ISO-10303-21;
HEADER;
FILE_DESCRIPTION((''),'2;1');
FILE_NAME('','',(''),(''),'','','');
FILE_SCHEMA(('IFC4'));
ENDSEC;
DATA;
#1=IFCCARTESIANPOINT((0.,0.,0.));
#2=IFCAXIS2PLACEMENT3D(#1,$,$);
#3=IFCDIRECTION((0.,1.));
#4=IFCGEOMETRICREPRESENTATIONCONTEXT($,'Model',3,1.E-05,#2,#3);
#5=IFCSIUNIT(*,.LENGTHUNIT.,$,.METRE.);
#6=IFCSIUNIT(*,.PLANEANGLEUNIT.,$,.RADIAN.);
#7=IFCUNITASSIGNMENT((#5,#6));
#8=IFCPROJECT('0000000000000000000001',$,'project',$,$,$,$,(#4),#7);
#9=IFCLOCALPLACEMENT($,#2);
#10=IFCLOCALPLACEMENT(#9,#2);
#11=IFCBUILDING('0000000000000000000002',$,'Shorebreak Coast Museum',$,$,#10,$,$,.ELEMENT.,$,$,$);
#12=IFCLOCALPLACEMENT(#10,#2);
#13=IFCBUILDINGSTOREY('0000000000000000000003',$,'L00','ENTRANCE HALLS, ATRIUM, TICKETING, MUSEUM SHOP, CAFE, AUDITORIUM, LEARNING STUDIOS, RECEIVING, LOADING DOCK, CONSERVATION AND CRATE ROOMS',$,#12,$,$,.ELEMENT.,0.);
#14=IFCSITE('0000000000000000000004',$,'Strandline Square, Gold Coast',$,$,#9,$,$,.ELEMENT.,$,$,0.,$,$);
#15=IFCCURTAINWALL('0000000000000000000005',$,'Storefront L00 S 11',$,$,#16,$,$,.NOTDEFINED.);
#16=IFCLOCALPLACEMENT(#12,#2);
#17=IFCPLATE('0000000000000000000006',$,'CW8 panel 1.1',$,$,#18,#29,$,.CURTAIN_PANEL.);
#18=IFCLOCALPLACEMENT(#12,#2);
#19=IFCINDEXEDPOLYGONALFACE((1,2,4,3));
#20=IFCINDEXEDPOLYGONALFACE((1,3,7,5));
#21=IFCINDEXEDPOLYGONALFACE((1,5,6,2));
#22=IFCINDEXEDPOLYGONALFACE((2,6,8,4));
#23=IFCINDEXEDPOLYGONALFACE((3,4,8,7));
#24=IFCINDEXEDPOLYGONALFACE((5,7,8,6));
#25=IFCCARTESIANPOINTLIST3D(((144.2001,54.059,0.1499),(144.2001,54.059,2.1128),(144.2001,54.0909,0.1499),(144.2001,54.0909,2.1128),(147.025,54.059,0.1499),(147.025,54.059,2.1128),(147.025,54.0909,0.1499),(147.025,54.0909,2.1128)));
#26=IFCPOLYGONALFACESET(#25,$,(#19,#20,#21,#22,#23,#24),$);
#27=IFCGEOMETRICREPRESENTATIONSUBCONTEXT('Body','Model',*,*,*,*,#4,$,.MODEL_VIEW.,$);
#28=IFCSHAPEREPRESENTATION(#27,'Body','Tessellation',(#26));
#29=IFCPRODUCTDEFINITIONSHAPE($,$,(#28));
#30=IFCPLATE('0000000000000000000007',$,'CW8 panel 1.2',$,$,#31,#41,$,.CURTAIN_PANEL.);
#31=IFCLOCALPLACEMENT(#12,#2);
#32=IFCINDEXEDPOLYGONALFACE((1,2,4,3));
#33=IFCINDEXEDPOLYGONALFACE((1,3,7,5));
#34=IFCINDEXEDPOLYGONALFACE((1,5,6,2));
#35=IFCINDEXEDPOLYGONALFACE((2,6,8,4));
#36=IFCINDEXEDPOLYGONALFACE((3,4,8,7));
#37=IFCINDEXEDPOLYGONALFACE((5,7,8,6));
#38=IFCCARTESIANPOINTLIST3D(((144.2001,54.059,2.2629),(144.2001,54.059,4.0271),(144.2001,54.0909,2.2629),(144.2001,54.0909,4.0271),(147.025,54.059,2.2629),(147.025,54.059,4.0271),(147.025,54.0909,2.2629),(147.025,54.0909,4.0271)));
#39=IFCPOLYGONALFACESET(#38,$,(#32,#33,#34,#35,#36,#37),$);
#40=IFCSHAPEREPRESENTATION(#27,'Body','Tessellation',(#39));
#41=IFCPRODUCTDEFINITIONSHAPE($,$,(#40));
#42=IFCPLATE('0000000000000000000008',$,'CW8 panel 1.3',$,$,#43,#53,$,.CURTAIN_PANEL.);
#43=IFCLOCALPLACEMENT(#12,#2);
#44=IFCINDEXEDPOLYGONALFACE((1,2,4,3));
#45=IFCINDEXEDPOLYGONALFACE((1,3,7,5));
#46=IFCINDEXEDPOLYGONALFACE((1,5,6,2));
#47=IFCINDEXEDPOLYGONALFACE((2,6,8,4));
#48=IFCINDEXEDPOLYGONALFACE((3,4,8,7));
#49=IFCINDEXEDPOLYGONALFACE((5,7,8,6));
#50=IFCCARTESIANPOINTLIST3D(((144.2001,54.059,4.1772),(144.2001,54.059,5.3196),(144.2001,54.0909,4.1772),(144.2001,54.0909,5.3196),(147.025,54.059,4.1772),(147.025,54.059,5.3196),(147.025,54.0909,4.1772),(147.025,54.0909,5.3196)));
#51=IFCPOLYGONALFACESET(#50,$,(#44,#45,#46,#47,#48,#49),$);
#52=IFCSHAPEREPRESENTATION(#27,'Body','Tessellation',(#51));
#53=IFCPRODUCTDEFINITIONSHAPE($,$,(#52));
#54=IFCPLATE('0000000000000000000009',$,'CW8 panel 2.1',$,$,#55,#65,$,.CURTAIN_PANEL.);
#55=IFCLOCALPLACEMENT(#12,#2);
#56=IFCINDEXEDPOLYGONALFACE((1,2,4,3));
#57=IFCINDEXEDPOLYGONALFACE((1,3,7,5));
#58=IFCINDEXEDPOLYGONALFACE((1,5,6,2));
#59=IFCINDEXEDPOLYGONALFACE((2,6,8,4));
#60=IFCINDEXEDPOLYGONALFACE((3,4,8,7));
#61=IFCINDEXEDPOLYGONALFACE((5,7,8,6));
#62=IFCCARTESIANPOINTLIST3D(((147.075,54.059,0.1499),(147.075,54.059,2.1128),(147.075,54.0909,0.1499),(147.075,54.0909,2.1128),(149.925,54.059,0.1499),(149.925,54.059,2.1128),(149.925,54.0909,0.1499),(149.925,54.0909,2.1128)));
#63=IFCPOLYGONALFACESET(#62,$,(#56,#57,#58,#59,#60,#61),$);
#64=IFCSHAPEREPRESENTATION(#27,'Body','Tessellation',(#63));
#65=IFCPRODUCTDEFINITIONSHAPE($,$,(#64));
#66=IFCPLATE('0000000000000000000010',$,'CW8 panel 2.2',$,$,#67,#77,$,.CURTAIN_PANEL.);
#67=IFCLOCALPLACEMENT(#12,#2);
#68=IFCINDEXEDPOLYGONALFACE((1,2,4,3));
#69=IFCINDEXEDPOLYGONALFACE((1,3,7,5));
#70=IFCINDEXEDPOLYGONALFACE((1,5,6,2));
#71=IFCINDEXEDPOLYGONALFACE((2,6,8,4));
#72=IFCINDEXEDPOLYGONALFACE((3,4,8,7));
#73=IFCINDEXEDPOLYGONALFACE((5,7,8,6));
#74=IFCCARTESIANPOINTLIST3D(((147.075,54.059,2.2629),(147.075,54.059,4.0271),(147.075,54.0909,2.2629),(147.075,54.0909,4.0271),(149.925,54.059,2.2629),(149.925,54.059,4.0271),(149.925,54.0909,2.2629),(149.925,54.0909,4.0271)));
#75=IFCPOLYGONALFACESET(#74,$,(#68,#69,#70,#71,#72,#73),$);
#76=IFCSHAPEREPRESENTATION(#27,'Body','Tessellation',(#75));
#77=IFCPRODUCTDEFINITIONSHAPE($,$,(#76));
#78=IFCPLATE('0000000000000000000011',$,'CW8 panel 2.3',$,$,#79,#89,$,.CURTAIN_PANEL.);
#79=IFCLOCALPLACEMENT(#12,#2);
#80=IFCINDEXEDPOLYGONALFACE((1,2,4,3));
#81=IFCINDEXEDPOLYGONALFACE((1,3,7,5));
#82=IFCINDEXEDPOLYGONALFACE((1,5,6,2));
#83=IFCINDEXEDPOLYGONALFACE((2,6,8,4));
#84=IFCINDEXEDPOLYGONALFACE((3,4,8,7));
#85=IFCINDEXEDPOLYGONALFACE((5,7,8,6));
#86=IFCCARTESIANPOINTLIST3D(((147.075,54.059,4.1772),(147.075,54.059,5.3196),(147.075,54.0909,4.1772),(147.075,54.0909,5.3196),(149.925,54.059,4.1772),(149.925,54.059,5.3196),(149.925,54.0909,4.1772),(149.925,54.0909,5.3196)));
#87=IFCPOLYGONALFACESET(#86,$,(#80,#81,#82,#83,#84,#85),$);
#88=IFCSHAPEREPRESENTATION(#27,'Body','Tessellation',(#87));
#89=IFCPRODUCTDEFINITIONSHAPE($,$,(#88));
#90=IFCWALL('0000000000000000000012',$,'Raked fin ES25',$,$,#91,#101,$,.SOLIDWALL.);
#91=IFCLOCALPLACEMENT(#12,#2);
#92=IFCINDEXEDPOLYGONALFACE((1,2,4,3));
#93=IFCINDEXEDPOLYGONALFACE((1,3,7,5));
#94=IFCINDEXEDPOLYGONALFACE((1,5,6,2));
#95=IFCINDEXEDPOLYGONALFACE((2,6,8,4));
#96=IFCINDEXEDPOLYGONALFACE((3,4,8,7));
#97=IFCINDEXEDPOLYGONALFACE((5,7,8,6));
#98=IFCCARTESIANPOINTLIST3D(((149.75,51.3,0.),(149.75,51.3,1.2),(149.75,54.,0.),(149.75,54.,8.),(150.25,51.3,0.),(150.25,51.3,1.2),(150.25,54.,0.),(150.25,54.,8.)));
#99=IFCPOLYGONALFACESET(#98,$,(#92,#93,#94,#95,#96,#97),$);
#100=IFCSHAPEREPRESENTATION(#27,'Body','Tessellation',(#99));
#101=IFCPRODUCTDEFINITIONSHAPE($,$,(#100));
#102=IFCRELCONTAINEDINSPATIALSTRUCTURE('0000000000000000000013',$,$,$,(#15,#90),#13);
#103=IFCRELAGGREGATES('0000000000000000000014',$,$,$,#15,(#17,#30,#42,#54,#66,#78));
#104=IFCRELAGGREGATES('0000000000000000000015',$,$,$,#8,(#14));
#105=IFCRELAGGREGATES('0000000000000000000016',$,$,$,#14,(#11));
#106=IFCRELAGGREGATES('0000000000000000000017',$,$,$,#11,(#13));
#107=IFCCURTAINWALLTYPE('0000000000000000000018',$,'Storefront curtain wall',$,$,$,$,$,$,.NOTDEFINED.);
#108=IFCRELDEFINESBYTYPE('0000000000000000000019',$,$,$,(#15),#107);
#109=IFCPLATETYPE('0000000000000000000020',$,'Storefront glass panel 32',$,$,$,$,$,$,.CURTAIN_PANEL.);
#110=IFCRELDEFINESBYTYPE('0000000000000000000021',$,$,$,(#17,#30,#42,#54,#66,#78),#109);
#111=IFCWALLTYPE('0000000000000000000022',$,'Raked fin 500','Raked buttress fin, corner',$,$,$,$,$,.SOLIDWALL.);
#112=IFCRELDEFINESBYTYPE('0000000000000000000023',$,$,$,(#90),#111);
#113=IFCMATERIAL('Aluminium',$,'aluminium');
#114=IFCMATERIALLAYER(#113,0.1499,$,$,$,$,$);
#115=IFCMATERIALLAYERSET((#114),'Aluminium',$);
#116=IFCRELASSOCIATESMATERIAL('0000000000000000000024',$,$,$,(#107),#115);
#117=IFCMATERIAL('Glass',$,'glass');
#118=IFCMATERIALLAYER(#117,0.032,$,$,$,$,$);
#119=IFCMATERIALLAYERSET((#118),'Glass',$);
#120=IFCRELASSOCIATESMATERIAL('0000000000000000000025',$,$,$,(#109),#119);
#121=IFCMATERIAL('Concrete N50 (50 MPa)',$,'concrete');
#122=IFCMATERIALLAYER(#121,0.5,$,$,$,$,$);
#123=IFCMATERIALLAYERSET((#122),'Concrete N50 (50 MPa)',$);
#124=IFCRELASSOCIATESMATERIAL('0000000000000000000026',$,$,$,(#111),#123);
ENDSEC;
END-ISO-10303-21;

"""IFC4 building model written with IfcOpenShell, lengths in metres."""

from ifc_helpers import new_model, si_unit, direction, frame, origin, origin_2d, place, context, subcontext, project, spatial, polyline, rectangle, outline, extrude, material, layer, layer_set, type_object, element, aggregate, save


model = new_model("IFC4")

# Units and contexts
model_context = context("Model", 3, precision=1e-05, world=origin(), true_north=direction((0.0, 1.0)))
body_context = subcontext(model_context, "Body", "Model", "MODEL_VIEW")
ifc_project = project(units=[si_unit("LENGTHUNIT", "METRE"), si_unit("PLANEANGLEUNIT", "RADIAN")], contexts=[model_context])

# Site, building, storey
site_placement = place(None, origin())
site = spatial("IfcSite", under=ifc_project, at=site_placement, Name="Strandline Square, Gold Coast", CompositionType="ELEMENT", RefElevation=0.0)
building_placement = place(site_placement, origin())
building = spatial("IfcBuilding", under=site, at=building_placement, Name="Shorebreak Coast Museum", CompositionType="ELEMENT")
storey_placement = place(building_placement, origin())
storey = spatial("IfcBuildingStorey", under=building, at=storey_placement, Name="L00", Description="ENTRANCE HALLS, ATRIUM, TICKETING, MUSEUM SHOP, CAFE, AUDITORIUM, LEARNING STUDIOS, RECEIVING, LOADING DOCK, CONSERVATION AND CRATE ROOMS", CompositionType="ELEMENT", Elevation=0.0)

# Curtain wall, plates
ifc_material_1 = material(Name="Aluminium", Category="aluminium")
ifc_layer_1 = layer(ifc_material_1, 0.1499)
ifc_layer_set_1 = layer_set([ifc_layer_1], Name="Aluminium")
curtain_wall_type = type_object("IfcCurtainWallType", Name="Storefront curtain wall", PredefinedType="NOTDEFINED", material=ifc_layer_set_1)
curtain_wall_placement = place(storey_placement, origin())
curtain_wall = element("IfcCurtainWall", 1, at=curtain_wall_placement, inside=storey, type_object=curtain_wall_type, Name="Storefront L00 S 11", PredefinedType="NOTDEFINED")
ifc_material_2 = material(Name="Glass", Category="glass")
ifc_layer_2 = layer(ifc_material_2, 0.032)
ifc_layer_set_2 = layer_set([ifc_layer_2], Name="Glass")
plate_type = type_object("IfcPlateType", Name="Storefront glass panel 32", PredefinedType="CURTAIN_PANEL", material=ifc_layer_set_2)
plate_1_placement = place(storey_placement, frame((145.6125, 54.075, 0.1499), z_axis=(0.0, 0.0, 1.0), x_axis=(1.0, 0.0, 0.0)))
plate_1 = element("IfcPlate", 2, at=plate_1_placement, type_object=plate_type, Name="CW8 panel 1.1", PredefinedType="CURTAIN_PANEL", context=body_context, shape_type="SweptSolid", body=[
    extrude(rectangle(XDim=2.825, YDim=0.032, at=origin_2d()), origin(), (0.0, 0.0, 1.0), 1.9629),
])
plate_2_placement = place(storey_placement, frame((145.6125, 54.075, 2.2629), z_axis=(0.0, 0.0, 1.0), x_axis=(1.0, 0.0, 0.0)))
plate_2 = element("IfcPlate", 3, at=plate_2_placement, type_object=plate_type, Name="CW8 panel 1.2", PredefinedType="CURTAIN_PANEL", context=body_context, shape_type="SweptSolid", body=[
    extrude(rectangle(XDim=2.825, YDim=0.032, at=origin_2d()), origin(), (0.0, 0.0, 1.0), 1.7642),
])
plate_3_placement = place(storey_placement, frame((145.6125, 54.075, 4.1772), z_axis=(0.0, 0.0, 1.0), x_axis=(1.0, 0.0, 0.0)))
plate_3 = element("IfcPlate", 4, at=plate_3_placement, type_object=plate_type, Name="CW8 panel 1.3", PredefinedType="CURTAIN_PANEL", context=body_context, shape_type="SweptSolid", body=[
    extrude(rectangle(XDim=2.825, YDim=0.032, at=origin_2d()), origin(), (0.0, 0.0, 1.0), 1.1423),
])
plate_4_placement = place(storey_placement, frame((148.5, 54.075, 0.1499), z_axis=(0.0, 0.0, 1.0), x_axis=(1.0, 0.0, 0.0)))
plate_4 = element("IfcPlate", 5, at=plate_4_placement, type_object=plate_type, Name="CW8 panel 2.1", PredefinedType="CURTAIN_PANEL", context=body_context, shape_type="SweptSolid", body=[
    extrude(rectangle(XDim=2.8501, YDim=0.032, at=origin_2d()), origin(), (0.0, 0.0, 1.0), 1.9629),
])
plate_5_placement = place(storey_placement, frame((148.5, 54.075, 2.2629), z_axis=(0.0, 0.0, 1.0), x_axis=(1.0, 0.0, 0.0)))
plate_5 = element("IfcPlate", 6, at=plate_5_placement, type_object=plate_type, Name="CW8 panel 2.2", PredefinedType="CURTAIN_PANEL", context=body_context, shape_type="SweptSolid", body=[
    extrude(rectangle(XDim=2.8501, YDim=0.032, at=origin_2d()), origin(), (0.0, 0.0, 1.0), 1.7642),
])
plate_6_placement = place(storey_placement, frame((148.5, 54.075, 4.1772), z_axis=(0.0, 0.0, 1.0), x_axis=(1.0, 0.0, 0.0)))
plate_6 = element("IfcPlate", 7, at=plate_6_placement, type_object=plate_type, Name="CW8 panel 2.3", PredefinedType="CURTAIN_PANEL", context=body_context, shape_type="SweptSolid", body=[
    extrude(rectangle(XDim=2.8501, YDim=0.032, at=origin_2d()), origin(), (0.0, 0.0, 1.0), 1.1423),
])
aggregate(curtain_wall, [plate_1, plate_2, plate_3, plate_4, plate_5, plate_6])

# Wall
ifc_material_3 = material(Name="Concrete N50 (50 MPa)", Category="concrete")
ifc_layer_3 = layer(ifc_material_3, 0.5)
ifc_layer_set_3 = layer_set([ifc_layer_3], Name="Concrete N50 (50 MPa)")
wall_type = type_object("IfcWallType", Name="Raked fin 500", Description="Raked buttress fin, corner", PredefinedType="SOLIDWALL", material=ifc_layer_set_3)
wall_placement = place(storey_placement, frame((150.0, 54.0, 0.0), z_axis=(0.0, 0.0, 1.0), x_axis=(0.0, -1.0, 0.0)))
element("IfcWall", 8, at=wall_placement, inside=storey, type_object=wall_type, Name="Raked fin ES25", PredefinedType="SOLIDWALL", context=body_context, shape_type="SweptSolid", body=[
    extrude(outline(polyline([(0.0, 0.0), (2.7, 0.0), (2.7, 1.2), (0.0, 8.0), (0.0, 0.0)])), frame((0.0, 0.25, 0.0), z_axis=(0.0, -1.0, 0.0), x_axis=(1.0, 0.0, 0.0)), (0.0, 0.0, 1.0), 0.5),
])

save(model, "model.ifc")
